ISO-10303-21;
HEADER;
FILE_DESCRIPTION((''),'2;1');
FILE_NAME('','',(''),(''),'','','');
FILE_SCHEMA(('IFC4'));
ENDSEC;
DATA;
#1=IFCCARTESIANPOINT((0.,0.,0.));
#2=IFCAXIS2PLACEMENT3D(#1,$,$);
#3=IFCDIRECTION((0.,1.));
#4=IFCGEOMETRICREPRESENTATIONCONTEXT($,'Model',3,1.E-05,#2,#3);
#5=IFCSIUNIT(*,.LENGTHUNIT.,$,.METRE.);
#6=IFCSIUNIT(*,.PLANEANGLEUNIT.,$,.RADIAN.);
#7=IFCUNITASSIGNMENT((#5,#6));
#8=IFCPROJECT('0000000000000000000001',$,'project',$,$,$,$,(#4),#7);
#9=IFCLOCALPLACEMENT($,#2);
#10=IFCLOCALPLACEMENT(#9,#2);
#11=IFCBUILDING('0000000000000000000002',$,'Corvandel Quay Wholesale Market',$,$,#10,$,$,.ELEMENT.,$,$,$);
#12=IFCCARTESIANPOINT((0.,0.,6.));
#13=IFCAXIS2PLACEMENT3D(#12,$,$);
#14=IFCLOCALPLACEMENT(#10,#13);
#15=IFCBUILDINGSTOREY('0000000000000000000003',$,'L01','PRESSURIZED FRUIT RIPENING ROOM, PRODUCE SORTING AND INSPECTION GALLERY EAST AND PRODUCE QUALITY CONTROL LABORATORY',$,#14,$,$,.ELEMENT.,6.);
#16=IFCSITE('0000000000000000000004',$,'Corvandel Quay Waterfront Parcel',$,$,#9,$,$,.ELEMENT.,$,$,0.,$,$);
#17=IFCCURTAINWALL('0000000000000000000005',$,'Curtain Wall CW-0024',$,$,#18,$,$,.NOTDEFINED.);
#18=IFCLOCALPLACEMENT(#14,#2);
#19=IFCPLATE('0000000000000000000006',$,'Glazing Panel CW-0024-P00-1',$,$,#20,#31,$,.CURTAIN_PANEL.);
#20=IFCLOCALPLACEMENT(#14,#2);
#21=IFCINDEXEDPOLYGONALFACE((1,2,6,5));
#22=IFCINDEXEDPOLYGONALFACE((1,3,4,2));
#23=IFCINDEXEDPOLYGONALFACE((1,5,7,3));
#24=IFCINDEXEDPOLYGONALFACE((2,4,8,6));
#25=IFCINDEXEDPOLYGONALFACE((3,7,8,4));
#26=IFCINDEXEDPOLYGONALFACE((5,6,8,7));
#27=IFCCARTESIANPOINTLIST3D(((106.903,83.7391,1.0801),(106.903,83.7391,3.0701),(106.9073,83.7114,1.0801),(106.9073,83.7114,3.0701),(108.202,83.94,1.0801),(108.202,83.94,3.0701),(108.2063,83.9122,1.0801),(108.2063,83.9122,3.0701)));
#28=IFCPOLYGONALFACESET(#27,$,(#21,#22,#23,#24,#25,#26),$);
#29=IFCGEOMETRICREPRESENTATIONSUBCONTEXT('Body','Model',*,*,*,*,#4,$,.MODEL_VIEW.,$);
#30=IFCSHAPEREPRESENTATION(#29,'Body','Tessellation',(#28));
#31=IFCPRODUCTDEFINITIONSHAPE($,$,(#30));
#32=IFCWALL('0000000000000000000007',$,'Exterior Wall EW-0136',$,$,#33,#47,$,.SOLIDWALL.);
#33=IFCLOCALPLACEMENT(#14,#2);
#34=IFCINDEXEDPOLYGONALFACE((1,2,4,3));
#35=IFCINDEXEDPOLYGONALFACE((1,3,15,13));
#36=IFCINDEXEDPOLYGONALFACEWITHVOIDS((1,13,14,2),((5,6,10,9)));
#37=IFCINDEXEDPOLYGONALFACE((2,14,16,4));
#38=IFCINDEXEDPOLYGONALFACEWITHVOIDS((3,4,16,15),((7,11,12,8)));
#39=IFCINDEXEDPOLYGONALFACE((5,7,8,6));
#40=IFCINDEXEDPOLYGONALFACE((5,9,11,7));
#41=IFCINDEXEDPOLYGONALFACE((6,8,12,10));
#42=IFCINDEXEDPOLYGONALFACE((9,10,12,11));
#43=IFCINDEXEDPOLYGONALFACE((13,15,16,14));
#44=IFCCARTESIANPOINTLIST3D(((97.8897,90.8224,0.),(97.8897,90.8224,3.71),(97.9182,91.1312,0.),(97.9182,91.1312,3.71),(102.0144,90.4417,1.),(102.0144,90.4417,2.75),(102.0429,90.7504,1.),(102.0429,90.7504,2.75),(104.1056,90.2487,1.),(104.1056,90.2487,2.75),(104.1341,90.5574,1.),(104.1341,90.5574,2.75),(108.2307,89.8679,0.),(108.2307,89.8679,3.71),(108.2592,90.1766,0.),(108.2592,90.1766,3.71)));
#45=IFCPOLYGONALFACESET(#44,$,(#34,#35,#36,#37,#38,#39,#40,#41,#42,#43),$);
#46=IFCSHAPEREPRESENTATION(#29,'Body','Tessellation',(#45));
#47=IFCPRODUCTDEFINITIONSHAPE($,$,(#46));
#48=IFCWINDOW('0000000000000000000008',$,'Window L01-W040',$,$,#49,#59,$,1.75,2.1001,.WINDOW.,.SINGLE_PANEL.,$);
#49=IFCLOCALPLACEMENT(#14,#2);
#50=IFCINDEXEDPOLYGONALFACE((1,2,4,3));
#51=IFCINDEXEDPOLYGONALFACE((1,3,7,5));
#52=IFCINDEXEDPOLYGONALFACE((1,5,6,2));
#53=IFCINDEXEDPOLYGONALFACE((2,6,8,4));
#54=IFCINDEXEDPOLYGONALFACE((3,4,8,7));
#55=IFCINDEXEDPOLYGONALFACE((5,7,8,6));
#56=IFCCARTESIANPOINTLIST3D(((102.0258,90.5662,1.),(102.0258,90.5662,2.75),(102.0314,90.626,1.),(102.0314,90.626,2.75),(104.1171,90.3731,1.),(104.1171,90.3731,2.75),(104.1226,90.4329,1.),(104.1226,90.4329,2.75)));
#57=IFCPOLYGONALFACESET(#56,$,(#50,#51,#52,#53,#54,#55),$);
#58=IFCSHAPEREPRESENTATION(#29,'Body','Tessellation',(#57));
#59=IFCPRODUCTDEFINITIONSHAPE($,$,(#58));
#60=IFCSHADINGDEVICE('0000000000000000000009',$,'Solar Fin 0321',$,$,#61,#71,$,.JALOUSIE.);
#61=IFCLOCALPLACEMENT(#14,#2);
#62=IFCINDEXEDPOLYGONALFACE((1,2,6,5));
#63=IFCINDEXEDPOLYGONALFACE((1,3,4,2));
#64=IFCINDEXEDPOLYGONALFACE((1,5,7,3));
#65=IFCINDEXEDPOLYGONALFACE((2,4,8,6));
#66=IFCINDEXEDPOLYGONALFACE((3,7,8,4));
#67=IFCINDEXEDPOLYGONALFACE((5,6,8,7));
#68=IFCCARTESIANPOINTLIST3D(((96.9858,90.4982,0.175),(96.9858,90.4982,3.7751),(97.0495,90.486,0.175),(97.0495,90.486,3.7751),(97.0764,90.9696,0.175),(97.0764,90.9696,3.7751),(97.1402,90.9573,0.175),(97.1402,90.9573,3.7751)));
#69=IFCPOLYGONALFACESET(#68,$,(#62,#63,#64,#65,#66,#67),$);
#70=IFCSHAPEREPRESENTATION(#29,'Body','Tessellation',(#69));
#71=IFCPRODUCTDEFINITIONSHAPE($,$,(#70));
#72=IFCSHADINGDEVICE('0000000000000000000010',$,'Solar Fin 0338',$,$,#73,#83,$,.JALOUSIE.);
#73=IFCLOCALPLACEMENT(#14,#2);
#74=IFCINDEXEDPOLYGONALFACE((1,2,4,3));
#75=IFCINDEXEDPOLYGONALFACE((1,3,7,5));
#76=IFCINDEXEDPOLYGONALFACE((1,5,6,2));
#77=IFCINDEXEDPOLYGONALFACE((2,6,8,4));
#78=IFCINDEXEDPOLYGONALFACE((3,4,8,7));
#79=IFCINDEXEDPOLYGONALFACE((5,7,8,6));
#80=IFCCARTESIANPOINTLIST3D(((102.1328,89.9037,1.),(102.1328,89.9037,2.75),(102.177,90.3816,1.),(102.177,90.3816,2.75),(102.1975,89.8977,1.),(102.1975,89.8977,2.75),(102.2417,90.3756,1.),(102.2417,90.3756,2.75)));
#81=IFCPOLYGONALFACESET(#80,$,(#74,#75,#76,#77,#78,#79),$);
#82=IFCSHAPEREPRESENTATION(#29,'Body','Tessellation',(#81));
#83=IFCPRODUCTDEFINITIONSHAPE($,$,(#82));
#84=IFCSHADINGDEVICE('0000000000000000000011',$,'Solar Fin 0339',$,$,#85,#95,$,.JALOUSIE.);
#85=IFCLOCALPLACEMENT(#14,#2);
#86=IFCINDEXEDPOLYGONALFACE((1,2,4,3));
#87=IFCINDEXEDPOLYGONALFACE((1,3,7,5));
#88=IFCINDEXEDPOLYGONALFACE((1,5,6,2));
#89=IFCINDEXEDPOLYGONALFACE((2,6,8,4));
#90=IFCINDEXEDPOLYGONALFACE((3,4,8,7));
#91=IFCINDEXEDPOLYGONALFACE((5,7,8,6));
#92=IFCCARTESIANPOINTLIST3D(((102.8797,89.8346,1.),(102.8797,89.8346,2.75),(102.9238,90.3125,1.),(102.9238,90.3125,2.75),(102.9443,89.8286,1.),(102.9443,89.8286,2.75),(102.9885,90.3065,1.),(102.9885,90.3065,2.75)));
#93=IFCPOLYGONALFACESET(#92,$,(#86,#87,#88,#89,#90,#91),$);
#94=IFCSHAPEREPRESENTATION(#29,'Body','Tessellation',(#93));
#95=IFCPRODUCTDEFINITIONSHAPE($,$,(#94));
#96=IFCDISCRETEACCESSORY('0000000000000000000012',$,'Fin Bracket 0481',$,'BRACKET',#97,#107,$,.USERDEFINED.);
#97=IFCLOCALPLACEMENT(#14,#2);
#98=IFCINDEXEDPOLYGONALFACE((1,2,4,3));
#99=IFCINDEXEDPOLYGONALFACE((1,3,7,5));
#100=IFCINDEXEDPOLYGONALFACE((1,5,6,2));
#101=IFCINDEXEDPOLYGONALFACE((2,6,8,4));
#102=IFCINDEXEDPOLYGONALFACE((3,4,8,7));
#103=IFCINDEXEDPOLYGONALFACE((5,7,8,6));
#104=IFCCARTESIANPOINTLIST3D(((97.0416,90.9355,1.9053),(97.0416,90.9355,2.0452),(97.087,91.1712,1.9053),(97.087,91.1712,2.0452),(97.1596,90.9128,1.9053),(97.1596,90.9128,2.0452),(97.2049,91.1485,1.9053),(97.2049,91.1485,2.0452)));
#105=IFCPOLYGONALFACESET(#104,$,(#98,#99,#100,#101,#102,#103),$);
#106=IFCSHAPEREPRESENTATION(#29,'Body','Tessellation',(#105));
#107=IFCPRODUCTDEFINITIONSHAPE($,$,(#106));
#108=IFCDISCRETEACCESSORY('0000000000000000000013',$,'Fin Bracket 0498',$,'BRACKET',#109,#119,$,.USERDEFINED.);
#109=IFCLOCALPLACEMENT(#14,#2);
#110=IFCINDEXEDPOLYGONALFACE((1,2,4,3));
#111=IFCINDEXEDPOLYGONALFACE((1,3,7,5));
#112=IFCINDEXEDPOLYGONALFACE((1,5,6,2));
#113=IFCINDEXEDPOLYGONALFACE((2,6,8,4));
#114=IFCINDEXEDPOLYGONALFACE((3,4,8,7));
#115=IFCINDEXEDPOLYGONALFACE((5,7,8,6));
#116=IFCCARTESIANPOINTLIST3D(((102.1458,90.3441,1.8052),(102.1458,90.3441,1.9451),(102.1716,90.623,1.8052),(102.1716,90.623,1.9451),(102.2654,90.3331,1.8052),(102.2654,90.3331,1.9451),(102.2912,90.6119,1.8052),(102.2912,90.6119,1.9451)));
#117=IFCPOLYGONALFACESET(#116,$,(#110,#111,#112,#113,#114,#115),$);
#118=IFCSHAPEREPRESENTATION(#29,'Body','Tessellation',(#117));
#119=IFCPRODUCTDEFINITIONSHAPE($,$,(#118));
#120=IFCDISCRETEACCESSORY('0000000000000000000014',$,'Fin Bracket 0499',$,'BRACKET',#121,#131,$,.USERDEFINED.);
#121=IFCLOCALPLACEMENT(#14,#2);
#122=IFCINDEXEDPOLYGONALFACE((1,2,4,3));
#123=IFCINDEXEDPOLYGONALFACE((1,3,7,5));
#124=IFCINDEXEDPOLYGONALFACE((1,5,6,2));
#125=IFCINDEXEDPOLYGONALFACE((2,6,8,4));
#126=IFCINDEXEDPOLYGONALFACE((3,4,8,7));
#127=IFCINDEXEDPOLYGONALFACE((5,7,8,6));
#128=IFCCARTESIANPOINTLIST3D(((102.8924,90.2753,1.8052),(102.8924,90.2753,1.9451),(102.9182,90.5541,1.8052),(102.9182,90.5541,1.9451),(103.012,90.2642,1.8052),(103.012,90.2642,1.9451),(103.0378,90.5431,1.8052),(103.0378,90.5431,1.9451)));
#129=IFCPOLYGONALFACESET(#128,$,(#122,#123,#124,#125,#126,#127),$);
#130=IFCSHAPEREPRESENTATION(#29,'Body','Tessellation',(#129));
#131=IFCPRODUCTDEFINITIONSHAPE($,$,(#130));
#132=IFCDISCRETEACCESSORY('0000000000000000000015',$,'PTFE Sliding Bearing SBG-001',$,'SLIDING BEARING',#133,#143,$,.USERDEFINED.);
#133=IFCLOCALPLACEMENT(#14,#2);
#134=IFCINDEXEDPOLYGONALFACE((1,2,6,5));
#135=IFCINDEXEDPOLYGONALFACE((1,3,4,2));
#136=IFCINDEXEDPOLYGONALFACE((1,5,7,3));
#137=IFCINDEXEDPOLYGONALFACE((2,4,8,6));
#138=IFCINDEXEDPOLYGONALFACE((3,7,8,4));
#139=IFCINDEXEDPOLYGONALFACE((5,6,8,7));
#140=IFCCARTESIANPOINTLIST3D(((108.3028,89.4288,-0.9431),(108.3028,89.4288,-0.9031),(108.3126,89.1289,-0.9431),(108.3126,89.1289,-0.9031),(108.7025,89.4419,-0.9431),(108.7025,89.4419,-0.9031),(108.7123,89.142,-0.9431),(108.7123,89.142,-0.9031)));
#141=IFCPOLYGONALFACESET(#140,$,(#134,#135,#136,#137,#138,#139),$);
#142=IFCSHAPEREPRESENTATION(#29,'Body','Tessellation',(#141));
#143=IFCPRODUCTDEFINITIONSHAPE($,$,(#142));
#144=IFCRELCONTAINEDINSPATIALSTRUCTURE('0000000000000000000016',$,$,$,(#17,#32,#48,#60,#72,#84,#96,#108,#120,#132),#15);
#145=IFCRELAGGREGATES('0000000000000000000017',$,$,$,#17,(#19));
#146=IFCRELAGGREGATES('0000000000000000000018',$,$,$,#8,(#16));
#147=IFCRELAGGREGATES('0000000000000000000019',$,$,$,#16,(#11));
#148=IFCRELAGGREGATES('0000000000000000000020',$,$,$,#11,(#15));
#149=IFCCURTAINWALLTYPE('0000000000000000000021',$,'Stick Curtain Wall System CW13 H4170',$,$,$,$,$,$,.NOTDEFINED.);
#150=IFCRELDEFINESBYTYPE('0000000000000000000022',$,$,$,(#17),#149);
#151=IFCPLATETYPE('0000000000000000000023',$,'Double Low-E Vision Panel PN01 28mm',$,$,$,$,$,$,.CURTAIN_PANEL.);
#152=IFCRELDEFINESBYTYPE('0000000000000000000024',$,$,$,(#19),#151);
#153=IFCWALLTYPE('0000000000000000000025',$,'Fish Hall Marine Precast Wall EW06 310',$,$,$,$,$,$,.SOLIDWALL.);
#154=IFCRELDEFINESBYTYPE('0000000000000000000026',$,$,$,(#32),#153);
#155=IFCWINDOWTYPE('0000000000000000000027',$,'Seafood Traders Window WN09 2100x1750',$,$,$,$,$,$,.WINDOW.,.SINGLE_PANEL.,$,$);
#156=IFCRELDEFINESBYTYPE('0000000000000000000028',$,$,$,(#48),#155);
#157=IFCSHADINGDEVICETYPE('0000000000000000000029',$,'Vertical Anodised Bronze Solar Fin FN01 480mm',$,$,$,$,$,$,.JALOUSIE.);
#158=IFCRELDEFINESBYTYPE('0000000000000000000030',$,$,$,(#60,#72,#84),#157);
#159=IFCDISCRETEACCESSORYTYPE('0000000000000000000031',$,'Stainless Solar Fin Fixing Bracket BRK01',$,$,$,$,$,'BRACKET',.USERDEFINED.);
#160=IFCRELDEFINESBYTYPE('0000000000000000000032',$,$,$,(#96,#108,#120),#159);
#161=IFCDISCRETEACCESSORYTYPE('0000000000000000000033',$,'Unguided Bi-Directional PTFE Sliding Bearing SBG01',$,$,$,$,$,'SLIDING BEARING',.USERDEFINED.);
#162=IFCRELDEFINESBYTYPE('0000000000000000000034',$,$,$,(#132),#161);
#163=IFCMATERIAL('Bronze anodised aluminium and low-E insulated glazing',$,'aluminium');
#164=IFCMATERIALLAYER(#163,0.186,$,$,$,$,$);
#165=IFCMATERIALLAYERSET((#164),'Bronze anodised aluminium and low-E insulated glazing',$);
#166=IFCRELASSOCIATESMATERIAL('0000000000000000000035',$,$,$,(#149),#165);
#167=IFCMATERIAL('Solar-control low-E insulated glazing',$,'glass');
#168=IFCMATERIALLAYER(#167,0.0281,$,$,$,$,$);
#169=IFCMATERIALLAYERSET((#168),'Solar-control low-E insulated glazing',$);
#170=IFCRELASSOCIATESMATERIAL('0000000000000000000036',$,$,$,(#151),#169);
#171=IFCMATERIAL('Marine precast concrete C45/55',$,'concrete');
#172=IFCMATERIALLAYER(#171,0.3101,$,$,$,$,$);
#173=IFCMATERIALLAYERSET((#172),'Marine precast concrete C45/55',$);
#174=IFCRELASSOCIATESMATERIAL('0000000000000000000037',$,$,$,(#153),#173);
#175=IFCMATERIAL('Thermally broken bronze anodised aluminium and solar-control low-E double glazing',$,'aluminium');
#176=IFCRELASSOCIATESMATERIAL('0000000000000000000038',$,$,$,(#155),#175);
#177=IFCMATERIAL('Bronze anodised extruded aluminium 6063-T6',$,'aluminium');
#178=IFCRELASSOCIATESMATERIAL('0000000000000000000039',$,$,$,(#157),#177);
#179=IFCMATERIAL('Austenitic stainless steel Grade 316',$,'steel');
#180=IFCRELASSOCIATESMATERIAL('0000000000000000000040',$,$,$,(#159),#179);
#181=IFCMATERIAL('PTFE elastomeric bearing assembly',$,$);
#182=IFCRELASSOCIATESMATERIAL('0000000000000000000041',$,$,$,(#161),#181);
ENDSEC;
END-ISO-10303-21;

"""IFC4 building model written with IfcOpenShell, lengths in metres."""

from ifc_helpers import new_model, si_unit, direction, frame, frame_2d, origin, origin_2d, place, context, subcontext, project, spatial, rectangle, extrude, material, layer, layer_set, type_object, element, fill, aggregate, save


model = new_model("IFC4")

# Units and contexts
model_context = context("Model", 3, precision=1e-05, world=origin(), true_north=direction((0.0, 1.0)))
body_context = subcontext(model_context, "Body", "Model", "MODEL_VIEW")
ifc_project = project(units=[si_unit("LENGTHUNIT", "METRE"), si_unit("PLANEANGLEUNIT", "RADIAN")], contexts=[model_context])

# Site, building, storey
site_placement = place(None, origin())
site = spatial("IfcSite", under=ifc_project, at=site_placement, Name="Corvandel Quay Waterfront Parcel", CompositionType="ELEMENT", RefElevation=0.0)
building_placement = place(site_placement, origin())
building = spatial("IfcBuilding", under=site, at=building_placement, Name="Corvandel Quay Wholesale Market", CompositionType="ELEMENT")
storey_placement = place(building_placement, frame((0.0, 0.0, 6.0)))
storey = spatial("IfcBuildingStorey", under=building, at=storey_placement, Name="L01", Description="PRESSURIZED FRUIT RIPENING ROOM, PRODUCE SORTING AND INSPECTION GALLERY EAST AND PRODUCE QUALITY CONTROL LABORATORY", CompositionType="ELEMENT", Elevation=6.0)

# Shared definitions
ifc_material_1 = material(Name="Bronze anodised aluminium and low-E insulated glazing", Category="aluminium")

# Curtain wall
ifc_layer_1 = layer(ifc_material_1, 0.186)
ifc_layer_set_1 = layer_set([ifc_layer_1], Name="Bronze anodised aluminium and low-E insulated glazing")
curtain_wall_type_1 = type_object("IfcCurtainWallType", Name="Stick Curtain Wall System CW13 H4170", PredefinedType="NOTDEFINED", material=ifc_layer_set_1)
curtain_wall_1_placement = place(storey_placement, origin())
curtain_wall_1 = element("IfcCurtainWall", 1, at=curtain_wall_1_placement, inside=storey, type_object=curtain_wall_type_1, Name="Curtain Wall CW-0024", PredefinedType="NOTDEFINED")

# Plate
ifc_material_2 = material(Name="Solar-control low-E insulated glazing", Category="glass")
ifc_layer_2 = layer(ifc_material_2, 0.0281)
ifc_layer_set_2 = layer_set([ifc_layer_2], Name="Solar-control low-E insulated glazing")
plate_type_1 = type_object("IfcPlateType", Name="Double Low-E Vision Panel PN01 28mm", PredefinedType="CURTAIN_PANEL", material=ifc_layer_set_2)
plate_1_placement = place(storey_placement, frame((107.5547, 83.8257, 1.0801), z_axis=(0.0, 0.0, 1.0), x_axis=(0.988255, 0.152813, 0.0)))
plate_1 = element("IfcPlate", 2, at=plate_1_placement, type_object=plate_type_1, Name="Glazing Panel CW-0024-P00-1", PredefinedType="CURTAIN_PANEL", context=body_context, shape_type="SweptSolid", body=[
    extrude(rectangle(XDim=1.3145, YDim=0.0281, at=origin_2d()), origin(), (0.0, 0.0, 1.0), 1.99),
])
aggregate(curtain_wall_1, [plate_1])

# Wall, opening, window
ifc_material_3 = material(Name="Marine precast concrete C45/55", Category="concrete")
ifc_layer_3 = layer(ifc_material_3, 0.3101)
ifc_layer_set_3 = layer_set([ifc_layer_3], Name="Marine precast concrete C45/55")
wall_type = type_object("IfcWallType", Name="Fish Hall Marine Precast Wall EW06 310", PredefinedType="SOLIDWALL", material=ifc_layer_set_3)
wall_placement = place(storey_placement, frame((97.9041, 90.9768, 0.0), z_axis=(0.0, 0.0, 1.0), x_axis=(0.995766, -0.09192, 0.0)))
wall = element("IfcWall", 3, at=wall_placement, inside=storey, type_object=wall_type, Name="Exterior Wall EW-0136", PredefinedType="SOLIDWALL", context=body_context, shape_type="SweptSolid", body=[
    extrude(rectangle(XDim=10.385, YDim=0.3101, at=frame_2d((5.1924, 0.0))), origin(), (0.0, 0.0, 1.0), 3.71),
])
opening_placement = place(wall_placement, frame((4.1421, 0.0, 1.0)))
opening = element("IfcOpeningElement", 4, at=opening_placement, cuts=wall, PredefinedType="OPENING", context=body_context, shape_type="SweptSolid", body=[
    extrude(rectangle(XDim=2.1001, YDim=1.75, at=frame_2d((1.05, 0.875))), frame((0.0, 0.165, 0.0), z_axis=(0.0, -1.0, 0.0), x_axis=(1.0, 0.0, 0.0)), (0.0, 0.0, 1.0), 0.3301),
])
ifc_material_4 = material(Name="Thermally broken bronze anodised aluminium and solar-control low-E double glazing", Category="aluminium")
window_type = type_object("IfcWindowType", Name="Seafood Traders Window WN09 2100x1750", PartitioningType="SINGLE_PANEL", PredefinedType="WINDOW", material=ifc_material_4)
window_placement = place(opening_placement, origin())
window = element("IfcWindow", 5, at=window_placement, inside=storey, type_object=window_type, Name="Window L01-W040", OverallHeight=1.75, OverallWidth=2.1001, PartitioningType="SINGLE_PANEL", PredefinedType="WINDOW", context=body_context, shape_type="SweptSolid", body=[
    extrude(rectangle(XDim=2.1001, YDim=1.75, at=frame_2d((1.05, 0.875))), frame((0.0, 0.03, 0.0), z_axis=(0.0, -1.0, 0.0), x_axis=(1.0, 0.0, 0.0)), (0.0, 0.0, 1.0), 0.0601),
])
fill(opening, window)

# Shading devices
ifc_material_5 = material(Name="Bronze anodised extruded aluminium 6063-T6", Category="aluminium")
shading_device_type = type_object("IfcShadingDeviceType", Name="Vertical Anodised Bronze Solar Fin FN01 480mm", PredefinedType="JALOUSIE", material=ifc_material_5)
shading_device_placement = place(storey_placement, frame((97.063, 90.7278, 0.175), z_axis=(0.0, 0.0, 1.0), x_axis=(0.188924, 0.981992, 0.0)))
element("IfcShadingDevice", 6, at=shading_device_placement, inside=storey, type_object=shading_device_type, Name="Solar Fin 0321", PredefinedType="JALOUSIE", context=body_context, shape_type="SweptSolid", body=[
    extrude(rectangle(XDim=0.48, YDim=0.0649, at=origin_2d()), origin(), (0.0, 0.0, 1.0), 3.6001),
])
for number, where, z_axis, x_axis, name in (
    (7, (102.1873, 90.1396, 1.0), (0.0, 0.0, 1.0), (0.092023, 0.995757, 0.0), "Solar Fin 0338"),
    (8, (102.9341, 90.0706, 1.0), (0.0, 0.0, 1.0), (0.092023, 0.995757, 0.0), "Solar Fin 0339"),
):
    element("IfcShadingDevice", number, at=place(storey_placement, frame(where, z_axis=z_axis, x_axis=x_axis)), inside=storey, type_object=shading_device_type, Name=name, PredefinedType="JALOUSIE", context=body_context, shape_type="SweptSolid", body=[
        extrude(rectangle(XDim=0.48, YDim=0.0649, at=origin_2d()), origin(), (0.0, 0.0, 1.0), 1.75),
    ])

# Discrete accessories
ifc_material_6 = material(Name="Austenitic stainless steel Grade 316", Category="steel")
discrete_accessory_type_1 = type_object("IfcDiscreteAccessoryType", Name="Stainless Solar Fin Fixing Bracket BRK01", ElementType="BRACKET", PredefinedType="USERDEFINED", material=ifc_material_6)
discrete_accessory_1_placement = place(storey_placement, frame((97.1233, 91.042, 1.9053), z_axis=(0.0, 0.0, 1.0), x_axis=(0.188924, 0.981992, 0.0)))
element("IfcDiscreteAccessory", 9, at=discrete_accessory_1_placement, inside=storey, type_object=discrete_accessory_type_1, Name="Fin Bracket 0481", ObjectType="BRACKET", PredefinedType="USERDEFINED", context=body_context, shape_type="SweptSolid", body=[
    extrude(rectangle(XDim=0.24, YDim=0.1201, at=origin_2d()), origin(), (0.0, 0.0, 1.0), 0.1399),
])
for number, where, z_axis, x_axis, name in (
    (10, (102.2185, 90.478, 1.8052), (0.0, 0.0, 1.0), (0.092023, 0.995757, 0.0), "Fin Bracket 0498"),
    (11, (102.9651, 90.4092, 1.8052), (0.0, 0.0, 1.0), (0.092023, 0.995757, 0.0), "Fin Bracket 0499"),
):
    element("IfcDiscreteAccessory", number, at=place(storey_placement, frame(where, z_axis=z_axis, x_axis=x_axis)), inside=storey, type_object=discrete_accessory_type_1, Name=name, ObjectType="BRACKET", PredefinedType="USERDEFINED", context=body_context, shape_type="SweptSolid", body=[
        extrude(rectangle(XDim=0.28, YDim=0.1201, at=origin_2d()), origin(), (0.0, 0.0, 1.0), 0.1399),
    ])
ifc_material_7 = material(Name="PTFE elastomeric bearing assembly")
discrete_accessory_type_2 = type_object("IfcDiscreteAccessoryType", Name="Unguided Bi-Directional PTFE Sliding Bearing SBG01", ElementType="SLIDING BEARING", PredefinedType="USERDEFINED", material=ifc_material_7)
discrete_accessory_2_placement = place(storey_placement, frame((108.5076, 89.2854, -0.9431), z_axis=(0.0, 0.0, 1.0), x_axis=(-0.032806, 0.999462, 0.0)))
element("IfcDiscreteAccessory", 12, at=discrete_accessory_2_placement, inside=storey, type_object=discrete_accessory_type_2, Name="PTFE Sliding Bearing SBG-001", ObjectType="SLIDING BEARING", PredefinedType="USERDEFINED", context=body_context, shape_type="SweptSolid", body=[
    extrude(rectangle(XDim=0.3, YDim=0.3999, at=origin_2d()), origin(), (0.0, 0.0, 1.0), 0.04),
])

save(model, "model.ifc")
